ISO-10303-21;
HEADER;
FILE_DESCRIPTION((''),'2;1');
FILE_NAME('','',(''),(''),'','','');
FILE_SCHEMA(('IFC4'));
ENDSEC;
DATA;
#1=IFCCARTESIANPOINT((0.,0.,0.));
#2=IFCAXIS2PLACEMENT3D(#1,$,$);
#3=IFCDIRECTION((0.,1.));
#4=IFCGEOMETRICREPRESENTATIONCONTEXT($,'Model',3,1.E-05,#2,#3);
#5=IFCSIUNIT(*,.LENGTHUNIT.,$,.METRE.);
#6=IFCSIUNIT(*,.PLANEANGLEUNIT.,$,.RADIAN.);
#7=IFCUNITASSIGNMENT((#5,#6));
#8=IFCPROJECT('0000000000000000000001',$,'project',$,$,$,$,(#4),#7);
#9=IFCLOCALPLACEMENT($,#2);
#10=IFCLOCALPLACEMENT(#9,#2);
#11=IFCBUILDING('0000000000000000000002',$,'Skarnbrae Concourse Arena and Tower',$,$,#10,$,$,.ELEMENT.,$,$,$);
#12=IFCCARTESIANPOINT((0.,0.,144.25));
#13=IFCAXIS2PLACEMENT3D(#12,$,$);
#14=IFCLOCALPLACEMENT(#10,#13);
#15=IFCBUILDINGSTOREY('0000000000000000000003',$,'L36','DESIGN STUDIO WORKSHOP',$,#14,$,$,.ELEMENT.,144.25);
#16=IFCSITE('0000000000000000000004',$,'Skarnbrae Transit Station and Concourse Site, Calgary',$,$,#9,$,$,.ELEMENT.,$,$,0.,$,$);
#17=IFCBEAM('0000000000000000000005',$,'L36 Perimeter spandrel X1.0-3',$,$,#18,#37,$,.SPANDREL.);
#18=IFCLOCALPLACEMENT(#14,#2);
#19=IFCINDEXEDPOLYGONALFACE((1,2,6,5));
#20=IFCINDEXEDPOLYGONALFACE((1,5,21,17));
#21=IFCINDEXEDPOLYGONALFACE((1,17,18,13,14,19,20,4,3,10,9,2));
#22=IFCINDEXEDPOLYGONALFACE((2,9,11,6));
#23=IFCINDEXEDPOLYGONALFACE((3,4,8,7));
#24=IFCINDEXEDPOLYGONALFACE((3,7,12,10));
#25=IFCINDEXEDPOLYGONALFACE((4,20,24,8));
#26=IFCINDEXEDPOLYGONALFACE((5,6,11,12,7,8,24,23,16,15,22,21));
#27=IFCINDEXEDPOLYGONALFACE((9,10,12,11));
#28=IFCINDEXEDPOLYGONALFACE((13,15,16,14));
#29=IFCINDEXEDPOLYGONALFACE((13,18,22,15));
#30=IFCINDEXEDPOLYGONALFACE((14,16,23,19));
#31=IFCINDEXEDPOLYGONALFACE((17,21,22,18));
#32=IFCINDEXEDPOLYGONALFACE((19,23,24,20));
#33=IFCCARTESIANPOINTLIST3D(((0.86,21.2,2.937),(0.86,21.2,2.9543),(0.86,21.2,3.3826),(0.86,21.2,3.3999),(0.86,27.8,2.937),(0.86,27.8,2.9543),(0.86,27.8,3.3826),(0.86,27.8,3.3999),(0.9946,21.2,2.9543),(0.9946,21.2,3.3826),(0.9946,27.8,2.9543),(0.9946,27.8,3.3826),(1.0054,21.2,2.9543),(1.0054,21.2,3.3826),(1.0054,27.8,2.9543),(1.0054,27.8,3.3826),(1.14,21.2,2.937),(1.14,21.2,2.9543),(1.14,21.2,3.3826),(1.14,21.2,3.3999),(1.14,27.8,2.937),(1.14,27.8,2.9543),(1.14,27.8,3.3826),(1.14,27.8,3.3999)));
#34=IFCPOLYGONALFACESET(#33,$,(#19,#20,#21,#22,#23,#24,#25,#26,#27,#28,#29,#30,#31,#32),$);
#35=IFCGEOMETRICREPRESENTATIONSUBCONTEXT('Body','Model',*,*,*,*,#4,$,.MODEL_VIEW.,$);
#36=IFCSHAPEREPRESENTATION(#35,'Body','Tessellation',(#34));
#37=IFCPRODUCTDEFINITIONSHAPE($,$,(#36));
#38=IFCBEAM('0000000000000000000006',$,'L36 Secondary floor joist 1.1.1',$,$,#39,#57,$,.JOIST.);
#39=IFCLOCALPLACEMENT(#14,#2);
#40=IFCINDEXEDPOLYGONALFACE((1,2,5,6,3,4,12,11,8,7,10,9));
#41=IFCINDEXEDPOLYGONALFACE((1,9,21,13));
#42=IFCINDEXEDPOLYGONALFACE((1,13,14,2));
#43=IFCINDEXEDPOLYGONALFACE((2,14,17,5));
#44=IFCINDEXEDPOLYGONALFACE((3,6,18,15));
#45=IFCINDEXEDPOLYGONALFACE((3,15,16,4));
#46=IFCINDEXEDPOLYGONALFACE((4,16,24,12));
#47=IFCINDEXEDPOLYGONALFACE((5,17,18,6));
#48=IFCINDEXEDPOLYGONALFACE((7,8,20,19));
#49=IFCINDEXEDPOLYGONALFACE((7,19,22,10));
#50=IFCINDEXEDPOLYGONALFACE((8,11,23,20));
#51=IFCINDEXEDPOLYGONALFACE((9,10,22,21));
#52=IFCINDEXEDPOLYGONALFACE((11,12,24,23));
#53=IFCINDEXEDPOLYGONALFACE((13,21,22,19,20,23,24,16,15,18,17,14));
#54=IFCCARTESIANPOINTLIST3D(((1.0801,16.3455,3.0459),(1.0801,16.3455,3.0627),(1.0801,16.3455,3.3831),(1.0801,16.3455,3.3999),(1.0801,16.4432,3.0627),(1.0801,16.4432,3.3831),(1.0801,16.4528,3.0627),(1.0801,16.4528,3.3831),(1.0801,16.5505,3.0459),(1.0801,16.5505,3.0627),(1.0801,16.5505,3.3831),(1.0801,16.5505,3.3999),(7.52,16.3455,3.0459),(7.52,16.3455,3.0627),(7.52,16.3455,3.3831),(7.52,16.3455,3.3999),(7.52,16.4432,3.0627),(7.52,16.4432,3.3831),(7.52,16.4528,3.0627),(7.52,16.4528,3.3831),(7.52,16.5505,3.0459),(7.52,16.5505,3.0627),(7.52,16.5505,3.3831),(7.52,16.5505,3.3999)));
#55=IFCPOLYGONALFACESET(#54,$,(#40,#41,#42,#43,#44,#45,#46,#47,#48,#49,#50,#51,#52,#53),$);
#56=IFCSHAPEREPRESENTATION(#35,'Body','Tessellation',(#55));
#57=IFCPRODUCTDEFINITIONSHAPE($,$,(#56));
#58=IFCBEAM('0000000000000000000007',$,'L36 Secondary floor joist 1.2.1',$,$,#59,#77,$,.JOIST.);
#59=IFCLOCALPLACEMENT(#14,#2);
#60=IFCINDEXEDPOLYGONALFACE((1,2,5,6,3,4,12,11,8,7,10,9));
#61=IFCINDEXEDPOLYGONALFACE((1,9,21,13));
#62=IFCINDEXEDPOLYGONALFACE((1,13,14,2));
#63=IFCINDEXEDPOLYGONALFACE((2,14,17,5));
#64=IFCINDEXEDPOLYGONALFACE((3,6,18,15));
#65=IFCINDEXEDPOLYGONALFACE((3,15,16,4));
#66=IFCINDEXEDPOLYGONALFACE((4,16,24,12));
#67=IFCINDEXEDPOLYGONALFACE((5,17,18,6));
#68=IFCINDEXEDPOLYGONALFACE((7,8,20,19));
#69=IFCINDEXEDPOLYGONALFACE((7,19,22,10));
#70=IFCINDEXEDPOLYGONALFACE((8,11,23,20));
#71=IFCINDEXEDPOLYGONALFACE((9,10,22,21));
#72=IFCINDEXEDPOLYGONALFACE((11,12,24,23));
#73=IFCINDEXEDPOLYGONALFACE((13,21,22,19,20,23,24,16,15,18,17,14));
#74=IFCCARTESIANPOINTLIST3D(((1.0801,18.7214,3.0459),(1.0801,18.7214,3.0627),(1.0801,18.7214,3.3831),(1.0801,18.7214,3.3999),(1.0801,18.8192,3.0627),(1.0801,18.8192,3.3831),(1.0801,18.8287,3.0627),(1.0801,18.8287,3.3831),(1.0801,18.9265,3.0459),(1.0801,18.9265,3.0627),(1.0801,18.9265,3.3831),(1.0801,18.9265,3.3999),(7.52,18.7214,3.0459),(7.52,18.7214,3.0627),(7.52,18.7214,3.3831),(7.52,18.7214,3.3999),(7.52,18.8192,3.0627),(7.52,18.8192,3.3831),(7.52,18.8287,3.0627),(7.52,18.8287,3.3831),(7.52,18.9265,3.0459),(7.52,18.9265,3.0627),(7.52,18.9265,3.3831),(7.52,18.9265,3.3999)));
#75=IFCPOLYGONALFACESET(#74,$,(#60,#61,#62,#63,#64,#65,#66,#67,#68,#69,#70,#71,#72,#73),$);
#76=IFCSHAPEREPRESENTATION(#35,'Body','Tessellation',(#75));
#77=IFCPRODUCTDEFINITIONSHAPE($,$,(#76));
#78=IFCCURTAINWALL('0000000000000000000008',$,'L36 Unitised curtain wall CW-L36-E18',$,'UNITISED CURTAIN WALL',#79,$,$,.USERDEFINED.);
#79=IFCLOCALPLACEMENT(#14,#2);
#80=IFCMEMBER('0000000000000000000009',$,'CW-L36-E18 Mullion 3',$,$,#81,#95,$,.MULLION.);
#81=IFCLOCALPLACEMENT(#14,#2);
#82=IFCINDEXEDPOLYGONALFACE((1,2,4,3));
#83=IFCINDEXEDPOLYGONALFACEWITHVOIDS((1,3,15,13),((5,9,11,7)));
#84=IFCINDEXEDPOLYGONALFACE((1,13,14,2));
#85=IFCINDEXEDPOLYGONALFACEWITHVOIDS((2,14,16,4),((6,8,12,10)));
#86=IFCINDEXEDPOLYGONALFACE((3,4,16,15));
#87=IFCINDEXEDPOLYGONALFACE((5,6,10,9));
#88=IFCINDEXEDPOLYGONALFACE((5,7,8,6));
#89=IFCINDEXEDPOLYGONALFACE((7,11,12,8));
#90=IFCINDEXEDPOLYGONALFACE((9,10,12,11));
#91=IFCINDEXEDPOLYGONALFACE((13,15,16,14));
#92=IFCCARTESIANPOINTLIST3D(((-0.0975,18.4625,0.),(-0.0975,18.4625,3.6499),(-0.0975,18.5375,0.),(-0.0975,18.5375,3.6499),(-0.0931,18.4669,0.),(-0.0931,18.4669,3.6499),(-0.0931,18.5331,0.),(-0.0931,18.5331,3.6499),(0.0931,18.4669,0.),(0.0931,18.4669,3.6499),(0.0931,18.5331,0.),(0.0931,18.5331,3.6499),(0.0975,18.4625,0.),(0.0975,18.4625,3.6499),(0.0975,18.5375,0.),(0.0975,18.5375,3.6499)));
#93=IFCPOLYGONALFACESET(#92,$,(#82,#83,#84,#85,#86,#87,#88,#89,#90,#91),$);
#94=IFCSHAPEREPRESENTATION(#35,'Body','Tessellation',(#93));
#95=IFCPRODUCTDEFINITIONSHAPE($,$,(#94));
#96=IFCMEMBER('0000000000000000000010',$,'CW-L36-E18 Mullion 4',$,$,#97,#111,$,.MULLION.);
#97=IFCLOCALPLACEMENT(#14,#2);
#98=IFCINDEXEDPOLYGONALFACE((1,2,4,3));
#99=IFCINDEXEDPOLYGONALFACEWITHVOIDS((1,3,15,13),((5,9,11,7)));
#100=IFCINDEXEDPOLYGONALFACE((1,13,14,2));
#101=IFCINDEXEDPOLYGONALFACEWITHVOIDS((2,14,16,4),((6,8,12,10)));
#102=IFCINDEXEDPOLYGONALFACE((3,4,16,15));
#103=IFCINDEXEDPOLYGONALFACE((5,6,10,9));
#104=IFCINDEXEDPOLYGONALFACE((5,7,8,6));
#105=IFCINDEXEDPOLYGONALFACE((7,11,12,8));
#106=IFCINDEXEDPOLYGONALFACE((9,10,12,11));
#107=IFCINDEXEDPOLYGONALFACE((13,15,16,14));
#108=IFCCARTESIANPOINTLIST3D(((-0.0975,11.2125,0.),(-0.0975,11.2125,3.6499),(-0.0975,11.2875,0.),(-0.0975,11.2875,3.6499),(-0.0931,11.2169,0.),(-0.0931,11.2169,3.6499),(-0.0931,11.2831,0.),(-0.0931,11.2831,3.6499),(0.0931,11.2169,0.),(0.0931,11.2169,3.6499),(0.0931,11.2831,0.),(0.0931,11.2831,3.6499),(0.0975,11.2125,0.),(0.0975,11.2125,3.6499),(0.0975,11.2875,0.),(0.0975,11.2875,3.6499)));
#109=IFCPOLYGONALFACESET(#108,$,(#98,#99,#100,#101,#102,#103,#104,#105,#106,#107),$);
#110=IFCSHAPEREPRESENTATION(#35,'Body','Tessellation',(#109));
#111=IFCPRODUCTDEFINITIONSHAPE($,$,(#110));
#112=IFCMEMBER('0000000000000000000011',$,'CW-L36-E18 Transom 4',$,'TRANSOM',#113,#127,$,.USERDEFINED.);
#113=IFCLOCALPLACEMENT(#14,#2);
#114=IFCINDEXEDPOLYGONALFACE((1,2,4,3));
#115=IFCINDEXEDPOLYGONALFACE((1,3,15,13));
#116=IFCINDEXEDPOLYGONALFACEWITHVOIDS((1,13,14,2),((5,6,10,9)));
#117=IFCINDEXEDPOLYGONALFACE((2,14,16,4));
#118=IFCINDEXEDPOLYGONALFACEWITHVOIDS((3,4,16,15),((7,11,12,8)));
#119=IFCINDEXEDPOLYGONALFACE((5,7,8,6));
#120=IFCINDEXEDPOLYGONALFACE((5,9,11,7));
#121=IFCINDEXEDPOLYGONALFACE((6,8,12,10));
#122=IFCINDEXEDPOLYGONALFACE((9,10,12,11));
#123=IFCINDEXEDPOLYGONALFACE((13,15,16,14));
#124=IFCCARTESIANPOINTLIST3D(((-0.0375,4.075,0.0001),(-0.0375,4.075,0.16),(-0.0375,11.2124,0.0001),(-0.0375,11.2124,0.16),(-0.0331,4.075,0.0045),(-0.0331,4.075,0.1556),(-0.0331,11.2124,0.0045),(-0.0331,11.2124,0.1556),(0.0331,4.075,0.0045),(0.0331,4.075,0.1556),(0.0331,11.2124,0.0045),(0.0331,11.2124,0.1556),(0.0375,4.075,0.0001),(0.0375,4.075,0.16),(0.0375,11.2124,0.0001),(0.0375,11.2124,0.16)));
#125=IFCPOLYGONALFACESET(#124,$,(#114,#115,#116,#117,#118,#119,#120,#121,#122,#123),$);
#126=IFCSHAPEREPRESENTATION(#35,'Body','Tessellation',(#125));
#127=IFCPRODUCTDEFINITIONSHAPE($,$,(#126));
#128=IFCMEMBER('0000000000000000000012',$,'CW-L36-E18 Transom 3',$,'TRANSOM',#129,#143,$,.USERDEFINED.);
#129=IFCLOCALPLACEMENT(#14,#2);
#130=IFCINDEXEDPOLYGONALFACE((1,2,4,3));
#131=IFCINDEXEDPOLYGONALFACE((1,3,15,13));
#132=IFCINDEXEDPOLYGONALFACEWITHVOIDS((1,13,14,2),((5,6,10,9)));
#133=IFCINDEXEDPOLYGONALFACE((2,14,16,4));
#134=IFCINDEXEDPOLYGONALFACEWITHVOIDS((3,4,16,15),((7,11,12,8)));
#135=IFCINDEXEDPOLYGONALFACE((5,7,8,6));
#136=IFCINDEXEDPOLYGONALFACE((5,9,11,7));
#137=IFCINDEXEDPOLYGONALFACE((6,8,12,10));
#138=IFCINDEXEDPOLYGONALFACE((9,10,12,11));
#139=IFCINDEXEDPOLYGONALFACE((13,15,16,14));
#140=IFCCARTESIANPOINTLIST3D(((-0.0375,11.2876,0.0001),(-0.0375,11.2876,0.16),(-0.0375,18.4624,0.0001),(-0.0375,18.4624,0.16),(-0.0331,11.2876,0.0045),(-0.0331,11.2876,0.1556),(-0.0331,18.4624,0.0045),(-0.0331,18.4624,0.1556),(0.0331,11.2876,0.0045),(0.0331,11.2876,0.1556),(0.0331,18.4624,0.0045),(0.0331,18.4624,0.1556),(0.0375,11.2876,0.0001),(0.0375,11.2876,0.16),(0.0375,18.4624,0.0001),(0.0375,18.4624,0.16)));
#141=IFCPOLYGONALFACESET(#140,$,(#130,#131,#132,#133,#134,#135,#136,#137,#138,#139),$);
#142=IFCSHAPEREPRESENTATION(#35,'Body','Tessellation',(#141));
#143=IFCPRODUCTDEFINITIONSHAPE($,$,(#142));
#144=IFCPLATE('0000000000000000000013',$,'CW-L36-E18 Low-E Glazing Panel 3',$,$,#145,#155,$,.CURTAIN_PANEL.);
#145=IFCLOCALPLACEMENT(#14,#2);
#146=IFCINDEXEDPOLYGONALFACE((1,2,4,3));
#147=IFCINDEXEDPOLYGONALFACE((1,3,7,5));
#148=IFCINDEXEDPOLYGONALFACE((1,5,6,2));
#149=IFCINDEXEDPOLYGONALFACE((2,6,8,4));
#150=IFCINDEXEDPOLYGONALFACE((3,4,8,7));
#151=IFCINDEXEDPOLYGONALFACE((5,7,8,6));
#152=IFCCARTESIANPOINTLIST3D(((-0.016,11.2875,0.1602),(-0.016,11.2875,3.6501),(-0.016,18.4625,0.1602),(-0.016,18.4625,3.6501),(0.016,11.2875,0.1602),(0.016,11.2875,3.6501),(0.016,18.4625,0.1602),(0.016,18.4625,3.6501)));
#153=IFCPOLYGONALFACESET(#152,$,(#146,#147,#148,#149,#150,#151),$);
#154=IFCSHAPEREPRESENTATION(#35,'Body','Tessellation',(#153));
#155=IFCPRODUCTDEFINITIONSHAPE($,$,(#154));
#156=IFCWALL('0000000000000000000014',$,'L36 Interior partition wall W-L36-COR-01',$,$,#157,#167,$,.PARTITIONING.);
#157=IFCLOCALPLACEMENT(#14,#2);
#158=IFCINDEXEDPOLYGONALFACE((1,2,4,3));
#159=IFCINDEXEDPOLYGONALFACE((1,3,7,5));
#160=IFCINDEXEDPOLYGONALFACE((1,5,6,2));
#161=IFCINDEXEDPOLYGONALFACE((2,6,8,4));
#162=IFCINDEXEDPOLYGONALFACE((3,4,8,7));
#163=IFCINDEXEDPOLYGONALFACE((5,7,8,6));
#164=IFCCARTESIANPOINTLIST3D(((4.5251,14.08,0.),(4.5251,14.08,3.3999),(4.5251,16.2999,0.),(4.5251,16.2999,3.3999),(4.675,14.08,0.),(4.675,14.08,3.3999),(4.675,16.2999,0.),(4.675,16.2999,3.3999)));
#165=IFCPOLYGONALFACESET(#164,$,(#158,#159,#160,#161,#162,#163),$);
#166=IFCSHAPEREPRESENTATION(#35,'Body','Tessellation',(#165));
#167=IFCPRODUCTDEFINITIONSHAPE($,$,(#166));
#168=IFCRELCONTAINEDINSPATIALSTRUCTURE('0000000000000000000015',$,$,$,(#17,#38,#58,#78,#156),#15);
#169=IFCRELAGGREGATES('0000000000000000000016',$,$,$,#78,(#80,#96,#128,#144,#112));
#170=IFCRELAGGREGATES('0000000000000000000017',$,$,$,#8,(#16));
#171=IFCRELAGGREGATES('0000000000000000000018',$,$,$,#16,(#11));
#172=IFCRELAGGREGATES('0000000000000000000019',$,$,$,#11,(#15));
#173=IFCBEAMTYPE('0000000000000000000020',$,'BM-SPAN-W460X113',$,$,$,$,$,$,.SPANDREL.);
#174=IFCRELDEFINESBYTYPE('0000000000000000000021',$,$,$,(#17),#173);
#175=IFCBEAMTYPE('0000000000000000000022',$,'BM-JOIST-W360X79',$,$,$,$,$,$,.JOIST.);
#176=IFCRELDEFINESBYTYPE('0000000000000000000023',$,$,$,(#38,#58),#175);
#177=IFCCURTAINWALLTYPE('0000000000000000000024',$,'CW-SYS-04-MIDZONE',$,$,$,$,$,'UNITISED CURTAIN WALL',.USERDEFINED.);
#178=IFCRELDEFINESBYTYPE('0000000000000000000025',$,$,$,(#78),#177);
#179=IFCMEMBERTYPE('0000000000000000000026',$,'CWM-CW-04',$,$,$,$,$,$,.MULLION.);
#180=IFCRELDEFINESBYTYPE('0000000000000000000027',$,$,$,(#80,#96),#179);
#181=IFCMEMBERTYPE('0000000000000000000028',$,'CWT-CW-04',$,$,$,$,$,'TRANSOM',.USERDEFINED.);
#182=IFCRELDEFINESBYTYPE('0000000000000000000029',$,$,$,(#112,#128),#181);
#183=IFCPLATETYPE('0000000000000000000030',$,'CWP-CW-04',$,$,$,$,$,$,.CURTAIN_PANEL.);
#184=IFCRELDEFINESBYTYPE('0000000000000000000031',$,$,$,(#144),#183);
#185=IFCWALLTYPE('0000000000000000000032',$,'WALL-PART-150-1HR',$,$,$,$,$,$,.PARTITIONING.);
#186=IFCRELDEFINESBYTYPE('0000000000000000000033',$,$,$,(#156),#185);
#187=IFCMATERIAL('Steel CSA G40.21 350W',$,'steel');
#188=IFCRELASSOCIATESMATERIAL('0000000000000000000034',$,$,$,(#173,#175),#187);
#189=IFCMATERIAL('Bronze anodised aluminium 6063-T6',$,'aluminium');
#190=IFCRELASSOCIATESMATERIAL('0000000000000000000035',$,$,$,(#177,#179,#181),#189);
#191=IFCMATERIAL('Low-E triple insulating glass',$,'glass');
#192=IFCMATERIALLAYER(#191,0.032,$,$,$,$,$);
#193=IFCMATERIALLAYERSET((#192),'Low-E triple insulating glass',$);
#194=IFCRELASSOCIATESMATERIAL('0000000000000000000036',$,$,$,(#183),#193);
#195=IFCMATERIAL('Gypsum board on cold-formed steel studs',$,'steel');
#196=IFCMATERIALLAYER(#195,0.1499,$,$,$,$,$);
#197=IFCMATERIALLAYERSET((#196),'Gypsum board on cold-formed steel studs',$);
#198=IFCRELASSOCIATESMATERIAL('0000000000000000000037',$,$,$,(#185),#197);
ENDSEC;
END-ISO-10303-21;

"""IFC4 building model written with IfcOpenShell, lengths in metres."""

from ifc_helpers import new_model, si_unit, direction, frame, frame_2d, origin, origin_2d, place, context, subcontext, project, spatial, rectangle, hollow_rectangle, i_section, extrude, source, transform, mapped, material, layer, layer_set, material_profile, profile_set, type_object, element, aggregate, save


model = new_model("IFC4")

# Units and contexts
model_context = context("Model", 3, precision=1e-05, world=origin(), true_north=direction((0.0, 1.0)))
body_context = subcontext(model_context, "Body", "Model", "MODEL_VIEW")
ifc_project = project(units=[si_unit("LENGTHUNIT", "METRE"), si_unit("PLANEANGLEUNIT", "RADIAN")], contexts=[model_context])

# Site, building, storey
site_placement = place(None, origin())
site = spatial("IfcSite", under=ifc_project, at=site_placement, Name="Skarnbrae Transit Station and Concourse Site, Calgary", CompositionType="ELEMENT", RefElevation=0.0)
building_placement = place(site_placement, origin())
building = spatial("IfcBuilding", under=site, at=building_placement, Name="Skarnbrae Concourse Arena and Tower", CompositionType="ELEMENT")
storey_placement = place(building_placement, frame((0.0, 0.0, 144.25)))
storey = spatial("IfcBuildingStorey", under=building, at=storey_placement, Name="L36", Description="DESIGN STUDIO WORKSHOP", CompositionType="ELEMENT", Elevation=144.25)

# Shared definitions
ifc_material_1 = material(Name="Steel CSA G40.21 350W", Category="steel")

# Beams
ifc_material_profile_1 = material_profile(ifc_material_1, i_section(OverallWidth=0.28, OverallDepth=0.4629, WebThickness=0.0107, FlangeThickness=0.0173, at=origin_2d()), Name="W460X113")
ifc_profile_set_1 = profile_set([ifc_material_profile_1], Name="Steel CSA G40.21 350W")
beam_type_1 = type_object("IfcBeamType", Name="BM-SPAN-W460X113", PredefinedType="SPANDREL", material=ifc_profile_set_1)
shared_shape_1 = source(origin(), body_context, "Body", "SweptSolid", [
    extrude(i_section(OverallWidth=0.28, OverallDepth=0.4629, WebThickness=0.0107, FlangeThickness=0.0173, at=origin_2d()), origin(), (0.0, 0.0, 1.0), 6.6001),
])
beam_1_placement = place(storey_placement, frame((1.0, 21.2, 3.1685), z_axis=(0.0, 1.0, 0.0), x_axis=(-1.0, 0.0, 0.0)))
element("IfcBeam", 1, at=beam_1_placement, inside=storey, type_object=beam_type_1, Name="L36 Perimeter spandrel X1.0-3", PredefinedType="SPANDREL", context=body_context, shape_type="MappedRepresentation", body=[
    mapped(shared_shape_1, transform((0.0, 0.0, 0.0))),
])
ifc_material_profile_2 = material_profile(ifc_material_1, i_section(OverallWidth=0.2051, OverallDepth=0.354, WebThickness=0.0095, FlangeThickness=0.0168, at=origin_2d()), Name="W360X79")
ifc_profile_set_2 = profile_set([ifc_material_profile_2], Name="Steel CSA G40.21 350W")
beam_type_2 = type_object("IfcBeamType", Name="BM-JOIST-W360X79", PredefinedType="JOIST", material=ifc_profile_set_2)
shared_shape_2 = source(origin(), body_context, "Body", "SweptSolid", [
    extrude(i_section(OverallWidth=0.2051, OverallDepth=0.354, WebThickness=0.0095, FlangeThickness=0.0168, at=origin_2d()), origin(), (0.0, 0.0, 1.0), 6.4399),
])
for number, where, z_axis, x_axis, name in (
    (2, (1.0801, 16.448, 3.2229), (1.0, 0.0, 0.0), (0.0, 1.0, 0.0), "L36 Secondary floor joist 1.1.1"),
    (3, (1.0801, 18.824, 3.2229), (1.0, 0.0, 0.0), (0.0, 1.0, 0.0), "L36 Secondary floor joist 1.2.1"),
):
    element("IfcBeam", number, at=place(storey_placement, frame(where, z_axis=z_axis, x_axis=x_axis)), inside=storey, type_object=beam_type_2, Name=name, PredefinedType="JOIST", context=body_context, shape_type="MappedRepresentation", body=[
        mapped(shared_shape_2, transform((0.0, 0.0, 0.0))),
    ])

# Curtain wall, members, plate
ifc_material_2 = material(Name="Bronze anodised aluminium 6063-T6", Category="aluminium")
curtain_wall_type = type_object("IfcCurtainWallType", Name="CW-SYS-04-MIDZONE", ElementType="UNITISED CURTAIN WALL", PredefinedType="USERDEFINED", material=ifc_material_2)
curtain_wall_placement = place(storey_placement, origin())
curtain_wall = element("IfcCurtainWall", 4, at=curtain_wall_placement, inside=storey, type_object=curtain_wall_type, Name="L36 Unitised curtain wall CW-L36-E18", ObjectType="UNITISED CURTAIN WALL", PredefinedType="USERDEFINED")
ifc_material_profile_3 = material_profile(ifc_material_2, hollow_rectangle(XDim=0.075, YDim=0.1951, WallThickness=0.0044, at=origin_2d()), Name="ALU-MULL-75X195")
ifc_profile_set_3 = profile_set([ifc_material_profile_3], Name="Bronze anodised aluminium 6063-T6")
member_type_1 = type_object("IfcMemberType", Name="CWM-CW-04", PredefinedType="MULLION", material=ifc_profile_set_3)
shared_shape_3 = source(origin(), body_context, "Body", "SweptSolid", [
    extrude(hollow_rectangle(XDim=0.075, YDim=0.1951, WallThickness=0.0044, at=origin_2d()), origin(), (0.0, 0.0, 1.0), 3.6499),
])
member_1_placement = place(storey_placement, frame((0.0, 18.5, 0.0), z_axis=(0.0, 0.0, 1.0), x_axis=(0.0, -1.0, 0.0)))
member_1 = element("IfcMember", 5, at=member_1_placement, type_object=member_type_1, Name="CW-L36-E18 Mullion 3", PredefinedType="MULLION", context=body_context, shape_type="MappedRepresentation", body=[
    mapped(shared_shape_3, transform((0.0, 0.0, 0.0))),
])
member_2_placement = place(storey_placement, frame((0.0, 11.25, 0.0), z_axis=(0.0, 0.0, 1.0), x_axis=(0.0, -1.0, 0.0)))
member_2 = element("IfcMember", 6, at=member_2_placement, type_object=member_type_1, Name="CW-L36-E18 Mullion 4", PredefinedType="MULLION", context=body_context, shape_type="MappedRepresentation", body=[
    mapped(shared_shape_3, transform((0.0, 0.0, 0.0))),
])
ifc_material_profile_4 = material_profile(ifc_material_2, hollow_rectangle(XDim=0.075, YDim=0.1599, WallThickness=0.0044, at=origin_2d()), Name="ALU-TRAN-75X160")
ifc_profile_set_4 = profile_set([ifc_material_profile_4], Name="Bronze anodised aluminium 6063-T6")
member_type_2 = type_object("IfcMemberType", Name="CWT-CW-04", ElementType="TRANSOM", PredefinedType="USERDEFINED", material=ifc_profile_set_4)
shared_shape_4 = source(origin(), body_context, "Body", "SweptSolid", [
    extrude(hollow_rectangle(XDim=0.075, YDim=0.1599, WallThickness=0.0044, at=origin_2d()), origin(), (0.0, 0.0, 1.0), 7.1375),
])
member_3_placement = place(storey_placement, frame((0.0, 11.2124, 0.0801), z_axis=(0.0, -1.0, 0.0), x_axis=(1.0, 0.0, 0.0)))
member_3 = element("IfcMember", 7, at=member_3_placement, type_object=member_type_2, Name="CW-L36-E18 Transom 4", ObjectType="TRANSOM", PredefinedType="USERDEFINED", context=body_context, shape_type="MappedRepresentation", body=[
    mapped(shared_shape_4, transform((0.0, 0.0, 0.0))),
])
shared_shape_5 = source(origin(), body_context, "Body", "SweptSolid", [
    extrude(hollow_rectangle(XDim=0.075, YDim=0.1599, WallThickness=0.0044, at=origin_2d()), origin(), (0.0, 0.0, 1.0), 7.1748),
])
member_4_placement = place(storey_placement, frame((0.0, 18.4624, 0.0801), z_axis=(0.0, -1.0, 0.0), x_axis=(1.0, 0.0, 0.0)))
member_4 = element("IfcMember", 8, at=member_4_placement, type_object=member_type_2, Name="CW-L36-E18 Transom 3", ObjectType="TRANSOM", PredefinedType="USERDEFINED", context=body_context, shape_type="MappedRepresentation", body=[
    mapped(shared_shape_5, transform((0.0, 0.0, 0.0))),
])
ifc_material_3 = material(Name="Low-E triple insulating glass", Category="glass")
ifc_layer_1 = layer(ifc_material_3, 0.032)
ifc_layer_set_1 = layer_set([ifc_layer_1], Name="Low-E triple insulating glass")
plate_type = type_object("IfcPlateType", Name="CWP-CW-04", PredefinedType="CURTAIN_PANEL", material=ifc_layer_set_1)
shared_shape_6 = source(origin(), body_context, "Body", "SweptSolid", [
    extrude(rectangle(XDim=7.175, YDim=0.032, at=origin_2d()), origin(), (0.0, 0.0, 1.0), 3.49),
])
plate_placement = place(storey_placement, frame((0.0, 14.875, 0.1602), z_axis=(0.0, 0.0, 1.0), x_axis=(0.0, -1.0, 0.0)))
plate = element("IfcPlate", 9, at=plate_placement, type_object=plate_type, Name="CW-L36-E18 Low-E Glazing Panel 3", PredefinedType="CURTAIN_PANEL", context=body_context, shape_type="MappedRepresentation", body=[
    mapped(shared_shape_6, transform((0.0, 0.0, 0.0))),
])
aggregate(curtain_wall, [member_1, member_2, member_4, plate, member_3])

# Wall
ifc_material_4 = material(Name="Gypsum board on cold-formed steel studs", Category="steel")
ifc_layer_2 = layer(ifc_material_4, 0.1499)
ifc_layer_set_2 = layer_set([ifc_layer_2], Name="Gypsum board on cold-formed steel studs")
wall_type_1 = type_object("IfcWallType", Name="WALL-PART-150-1HR", PredefinedType="PARTITIONING", material=ifc_layer_set_2)
shared_shape_7 = source(origin(), body_context, "Body", "SweptSolid", [
    extrude(rectangle(XDim=2.22, YDim=0.1499, at=frame_2d((1.1099, 0.0))), origin(), (0.0, 0.0, 1.0), 3.3999),
])
wall_1_placement = place(storey_placement, frame((4.6001, 14.0801, 0.0), z_axis=(0.0, 0.0, 1.0), x_axis=(0.0, 1.0, 0.0)))
element("IfcWall", 10, at=wall_1_placement, inside=storey, type_object=wall_type_1, Name="L36 Interior partition wall W-L36-COR-01", PredefinedType="PARTITIONING", context=body_context, shape_type="MappedRepresentation", body=[
    mapped(shared_shape_7, transform((0.0, 0.0, 0.0))),
])

save(model, "model.ifc")
